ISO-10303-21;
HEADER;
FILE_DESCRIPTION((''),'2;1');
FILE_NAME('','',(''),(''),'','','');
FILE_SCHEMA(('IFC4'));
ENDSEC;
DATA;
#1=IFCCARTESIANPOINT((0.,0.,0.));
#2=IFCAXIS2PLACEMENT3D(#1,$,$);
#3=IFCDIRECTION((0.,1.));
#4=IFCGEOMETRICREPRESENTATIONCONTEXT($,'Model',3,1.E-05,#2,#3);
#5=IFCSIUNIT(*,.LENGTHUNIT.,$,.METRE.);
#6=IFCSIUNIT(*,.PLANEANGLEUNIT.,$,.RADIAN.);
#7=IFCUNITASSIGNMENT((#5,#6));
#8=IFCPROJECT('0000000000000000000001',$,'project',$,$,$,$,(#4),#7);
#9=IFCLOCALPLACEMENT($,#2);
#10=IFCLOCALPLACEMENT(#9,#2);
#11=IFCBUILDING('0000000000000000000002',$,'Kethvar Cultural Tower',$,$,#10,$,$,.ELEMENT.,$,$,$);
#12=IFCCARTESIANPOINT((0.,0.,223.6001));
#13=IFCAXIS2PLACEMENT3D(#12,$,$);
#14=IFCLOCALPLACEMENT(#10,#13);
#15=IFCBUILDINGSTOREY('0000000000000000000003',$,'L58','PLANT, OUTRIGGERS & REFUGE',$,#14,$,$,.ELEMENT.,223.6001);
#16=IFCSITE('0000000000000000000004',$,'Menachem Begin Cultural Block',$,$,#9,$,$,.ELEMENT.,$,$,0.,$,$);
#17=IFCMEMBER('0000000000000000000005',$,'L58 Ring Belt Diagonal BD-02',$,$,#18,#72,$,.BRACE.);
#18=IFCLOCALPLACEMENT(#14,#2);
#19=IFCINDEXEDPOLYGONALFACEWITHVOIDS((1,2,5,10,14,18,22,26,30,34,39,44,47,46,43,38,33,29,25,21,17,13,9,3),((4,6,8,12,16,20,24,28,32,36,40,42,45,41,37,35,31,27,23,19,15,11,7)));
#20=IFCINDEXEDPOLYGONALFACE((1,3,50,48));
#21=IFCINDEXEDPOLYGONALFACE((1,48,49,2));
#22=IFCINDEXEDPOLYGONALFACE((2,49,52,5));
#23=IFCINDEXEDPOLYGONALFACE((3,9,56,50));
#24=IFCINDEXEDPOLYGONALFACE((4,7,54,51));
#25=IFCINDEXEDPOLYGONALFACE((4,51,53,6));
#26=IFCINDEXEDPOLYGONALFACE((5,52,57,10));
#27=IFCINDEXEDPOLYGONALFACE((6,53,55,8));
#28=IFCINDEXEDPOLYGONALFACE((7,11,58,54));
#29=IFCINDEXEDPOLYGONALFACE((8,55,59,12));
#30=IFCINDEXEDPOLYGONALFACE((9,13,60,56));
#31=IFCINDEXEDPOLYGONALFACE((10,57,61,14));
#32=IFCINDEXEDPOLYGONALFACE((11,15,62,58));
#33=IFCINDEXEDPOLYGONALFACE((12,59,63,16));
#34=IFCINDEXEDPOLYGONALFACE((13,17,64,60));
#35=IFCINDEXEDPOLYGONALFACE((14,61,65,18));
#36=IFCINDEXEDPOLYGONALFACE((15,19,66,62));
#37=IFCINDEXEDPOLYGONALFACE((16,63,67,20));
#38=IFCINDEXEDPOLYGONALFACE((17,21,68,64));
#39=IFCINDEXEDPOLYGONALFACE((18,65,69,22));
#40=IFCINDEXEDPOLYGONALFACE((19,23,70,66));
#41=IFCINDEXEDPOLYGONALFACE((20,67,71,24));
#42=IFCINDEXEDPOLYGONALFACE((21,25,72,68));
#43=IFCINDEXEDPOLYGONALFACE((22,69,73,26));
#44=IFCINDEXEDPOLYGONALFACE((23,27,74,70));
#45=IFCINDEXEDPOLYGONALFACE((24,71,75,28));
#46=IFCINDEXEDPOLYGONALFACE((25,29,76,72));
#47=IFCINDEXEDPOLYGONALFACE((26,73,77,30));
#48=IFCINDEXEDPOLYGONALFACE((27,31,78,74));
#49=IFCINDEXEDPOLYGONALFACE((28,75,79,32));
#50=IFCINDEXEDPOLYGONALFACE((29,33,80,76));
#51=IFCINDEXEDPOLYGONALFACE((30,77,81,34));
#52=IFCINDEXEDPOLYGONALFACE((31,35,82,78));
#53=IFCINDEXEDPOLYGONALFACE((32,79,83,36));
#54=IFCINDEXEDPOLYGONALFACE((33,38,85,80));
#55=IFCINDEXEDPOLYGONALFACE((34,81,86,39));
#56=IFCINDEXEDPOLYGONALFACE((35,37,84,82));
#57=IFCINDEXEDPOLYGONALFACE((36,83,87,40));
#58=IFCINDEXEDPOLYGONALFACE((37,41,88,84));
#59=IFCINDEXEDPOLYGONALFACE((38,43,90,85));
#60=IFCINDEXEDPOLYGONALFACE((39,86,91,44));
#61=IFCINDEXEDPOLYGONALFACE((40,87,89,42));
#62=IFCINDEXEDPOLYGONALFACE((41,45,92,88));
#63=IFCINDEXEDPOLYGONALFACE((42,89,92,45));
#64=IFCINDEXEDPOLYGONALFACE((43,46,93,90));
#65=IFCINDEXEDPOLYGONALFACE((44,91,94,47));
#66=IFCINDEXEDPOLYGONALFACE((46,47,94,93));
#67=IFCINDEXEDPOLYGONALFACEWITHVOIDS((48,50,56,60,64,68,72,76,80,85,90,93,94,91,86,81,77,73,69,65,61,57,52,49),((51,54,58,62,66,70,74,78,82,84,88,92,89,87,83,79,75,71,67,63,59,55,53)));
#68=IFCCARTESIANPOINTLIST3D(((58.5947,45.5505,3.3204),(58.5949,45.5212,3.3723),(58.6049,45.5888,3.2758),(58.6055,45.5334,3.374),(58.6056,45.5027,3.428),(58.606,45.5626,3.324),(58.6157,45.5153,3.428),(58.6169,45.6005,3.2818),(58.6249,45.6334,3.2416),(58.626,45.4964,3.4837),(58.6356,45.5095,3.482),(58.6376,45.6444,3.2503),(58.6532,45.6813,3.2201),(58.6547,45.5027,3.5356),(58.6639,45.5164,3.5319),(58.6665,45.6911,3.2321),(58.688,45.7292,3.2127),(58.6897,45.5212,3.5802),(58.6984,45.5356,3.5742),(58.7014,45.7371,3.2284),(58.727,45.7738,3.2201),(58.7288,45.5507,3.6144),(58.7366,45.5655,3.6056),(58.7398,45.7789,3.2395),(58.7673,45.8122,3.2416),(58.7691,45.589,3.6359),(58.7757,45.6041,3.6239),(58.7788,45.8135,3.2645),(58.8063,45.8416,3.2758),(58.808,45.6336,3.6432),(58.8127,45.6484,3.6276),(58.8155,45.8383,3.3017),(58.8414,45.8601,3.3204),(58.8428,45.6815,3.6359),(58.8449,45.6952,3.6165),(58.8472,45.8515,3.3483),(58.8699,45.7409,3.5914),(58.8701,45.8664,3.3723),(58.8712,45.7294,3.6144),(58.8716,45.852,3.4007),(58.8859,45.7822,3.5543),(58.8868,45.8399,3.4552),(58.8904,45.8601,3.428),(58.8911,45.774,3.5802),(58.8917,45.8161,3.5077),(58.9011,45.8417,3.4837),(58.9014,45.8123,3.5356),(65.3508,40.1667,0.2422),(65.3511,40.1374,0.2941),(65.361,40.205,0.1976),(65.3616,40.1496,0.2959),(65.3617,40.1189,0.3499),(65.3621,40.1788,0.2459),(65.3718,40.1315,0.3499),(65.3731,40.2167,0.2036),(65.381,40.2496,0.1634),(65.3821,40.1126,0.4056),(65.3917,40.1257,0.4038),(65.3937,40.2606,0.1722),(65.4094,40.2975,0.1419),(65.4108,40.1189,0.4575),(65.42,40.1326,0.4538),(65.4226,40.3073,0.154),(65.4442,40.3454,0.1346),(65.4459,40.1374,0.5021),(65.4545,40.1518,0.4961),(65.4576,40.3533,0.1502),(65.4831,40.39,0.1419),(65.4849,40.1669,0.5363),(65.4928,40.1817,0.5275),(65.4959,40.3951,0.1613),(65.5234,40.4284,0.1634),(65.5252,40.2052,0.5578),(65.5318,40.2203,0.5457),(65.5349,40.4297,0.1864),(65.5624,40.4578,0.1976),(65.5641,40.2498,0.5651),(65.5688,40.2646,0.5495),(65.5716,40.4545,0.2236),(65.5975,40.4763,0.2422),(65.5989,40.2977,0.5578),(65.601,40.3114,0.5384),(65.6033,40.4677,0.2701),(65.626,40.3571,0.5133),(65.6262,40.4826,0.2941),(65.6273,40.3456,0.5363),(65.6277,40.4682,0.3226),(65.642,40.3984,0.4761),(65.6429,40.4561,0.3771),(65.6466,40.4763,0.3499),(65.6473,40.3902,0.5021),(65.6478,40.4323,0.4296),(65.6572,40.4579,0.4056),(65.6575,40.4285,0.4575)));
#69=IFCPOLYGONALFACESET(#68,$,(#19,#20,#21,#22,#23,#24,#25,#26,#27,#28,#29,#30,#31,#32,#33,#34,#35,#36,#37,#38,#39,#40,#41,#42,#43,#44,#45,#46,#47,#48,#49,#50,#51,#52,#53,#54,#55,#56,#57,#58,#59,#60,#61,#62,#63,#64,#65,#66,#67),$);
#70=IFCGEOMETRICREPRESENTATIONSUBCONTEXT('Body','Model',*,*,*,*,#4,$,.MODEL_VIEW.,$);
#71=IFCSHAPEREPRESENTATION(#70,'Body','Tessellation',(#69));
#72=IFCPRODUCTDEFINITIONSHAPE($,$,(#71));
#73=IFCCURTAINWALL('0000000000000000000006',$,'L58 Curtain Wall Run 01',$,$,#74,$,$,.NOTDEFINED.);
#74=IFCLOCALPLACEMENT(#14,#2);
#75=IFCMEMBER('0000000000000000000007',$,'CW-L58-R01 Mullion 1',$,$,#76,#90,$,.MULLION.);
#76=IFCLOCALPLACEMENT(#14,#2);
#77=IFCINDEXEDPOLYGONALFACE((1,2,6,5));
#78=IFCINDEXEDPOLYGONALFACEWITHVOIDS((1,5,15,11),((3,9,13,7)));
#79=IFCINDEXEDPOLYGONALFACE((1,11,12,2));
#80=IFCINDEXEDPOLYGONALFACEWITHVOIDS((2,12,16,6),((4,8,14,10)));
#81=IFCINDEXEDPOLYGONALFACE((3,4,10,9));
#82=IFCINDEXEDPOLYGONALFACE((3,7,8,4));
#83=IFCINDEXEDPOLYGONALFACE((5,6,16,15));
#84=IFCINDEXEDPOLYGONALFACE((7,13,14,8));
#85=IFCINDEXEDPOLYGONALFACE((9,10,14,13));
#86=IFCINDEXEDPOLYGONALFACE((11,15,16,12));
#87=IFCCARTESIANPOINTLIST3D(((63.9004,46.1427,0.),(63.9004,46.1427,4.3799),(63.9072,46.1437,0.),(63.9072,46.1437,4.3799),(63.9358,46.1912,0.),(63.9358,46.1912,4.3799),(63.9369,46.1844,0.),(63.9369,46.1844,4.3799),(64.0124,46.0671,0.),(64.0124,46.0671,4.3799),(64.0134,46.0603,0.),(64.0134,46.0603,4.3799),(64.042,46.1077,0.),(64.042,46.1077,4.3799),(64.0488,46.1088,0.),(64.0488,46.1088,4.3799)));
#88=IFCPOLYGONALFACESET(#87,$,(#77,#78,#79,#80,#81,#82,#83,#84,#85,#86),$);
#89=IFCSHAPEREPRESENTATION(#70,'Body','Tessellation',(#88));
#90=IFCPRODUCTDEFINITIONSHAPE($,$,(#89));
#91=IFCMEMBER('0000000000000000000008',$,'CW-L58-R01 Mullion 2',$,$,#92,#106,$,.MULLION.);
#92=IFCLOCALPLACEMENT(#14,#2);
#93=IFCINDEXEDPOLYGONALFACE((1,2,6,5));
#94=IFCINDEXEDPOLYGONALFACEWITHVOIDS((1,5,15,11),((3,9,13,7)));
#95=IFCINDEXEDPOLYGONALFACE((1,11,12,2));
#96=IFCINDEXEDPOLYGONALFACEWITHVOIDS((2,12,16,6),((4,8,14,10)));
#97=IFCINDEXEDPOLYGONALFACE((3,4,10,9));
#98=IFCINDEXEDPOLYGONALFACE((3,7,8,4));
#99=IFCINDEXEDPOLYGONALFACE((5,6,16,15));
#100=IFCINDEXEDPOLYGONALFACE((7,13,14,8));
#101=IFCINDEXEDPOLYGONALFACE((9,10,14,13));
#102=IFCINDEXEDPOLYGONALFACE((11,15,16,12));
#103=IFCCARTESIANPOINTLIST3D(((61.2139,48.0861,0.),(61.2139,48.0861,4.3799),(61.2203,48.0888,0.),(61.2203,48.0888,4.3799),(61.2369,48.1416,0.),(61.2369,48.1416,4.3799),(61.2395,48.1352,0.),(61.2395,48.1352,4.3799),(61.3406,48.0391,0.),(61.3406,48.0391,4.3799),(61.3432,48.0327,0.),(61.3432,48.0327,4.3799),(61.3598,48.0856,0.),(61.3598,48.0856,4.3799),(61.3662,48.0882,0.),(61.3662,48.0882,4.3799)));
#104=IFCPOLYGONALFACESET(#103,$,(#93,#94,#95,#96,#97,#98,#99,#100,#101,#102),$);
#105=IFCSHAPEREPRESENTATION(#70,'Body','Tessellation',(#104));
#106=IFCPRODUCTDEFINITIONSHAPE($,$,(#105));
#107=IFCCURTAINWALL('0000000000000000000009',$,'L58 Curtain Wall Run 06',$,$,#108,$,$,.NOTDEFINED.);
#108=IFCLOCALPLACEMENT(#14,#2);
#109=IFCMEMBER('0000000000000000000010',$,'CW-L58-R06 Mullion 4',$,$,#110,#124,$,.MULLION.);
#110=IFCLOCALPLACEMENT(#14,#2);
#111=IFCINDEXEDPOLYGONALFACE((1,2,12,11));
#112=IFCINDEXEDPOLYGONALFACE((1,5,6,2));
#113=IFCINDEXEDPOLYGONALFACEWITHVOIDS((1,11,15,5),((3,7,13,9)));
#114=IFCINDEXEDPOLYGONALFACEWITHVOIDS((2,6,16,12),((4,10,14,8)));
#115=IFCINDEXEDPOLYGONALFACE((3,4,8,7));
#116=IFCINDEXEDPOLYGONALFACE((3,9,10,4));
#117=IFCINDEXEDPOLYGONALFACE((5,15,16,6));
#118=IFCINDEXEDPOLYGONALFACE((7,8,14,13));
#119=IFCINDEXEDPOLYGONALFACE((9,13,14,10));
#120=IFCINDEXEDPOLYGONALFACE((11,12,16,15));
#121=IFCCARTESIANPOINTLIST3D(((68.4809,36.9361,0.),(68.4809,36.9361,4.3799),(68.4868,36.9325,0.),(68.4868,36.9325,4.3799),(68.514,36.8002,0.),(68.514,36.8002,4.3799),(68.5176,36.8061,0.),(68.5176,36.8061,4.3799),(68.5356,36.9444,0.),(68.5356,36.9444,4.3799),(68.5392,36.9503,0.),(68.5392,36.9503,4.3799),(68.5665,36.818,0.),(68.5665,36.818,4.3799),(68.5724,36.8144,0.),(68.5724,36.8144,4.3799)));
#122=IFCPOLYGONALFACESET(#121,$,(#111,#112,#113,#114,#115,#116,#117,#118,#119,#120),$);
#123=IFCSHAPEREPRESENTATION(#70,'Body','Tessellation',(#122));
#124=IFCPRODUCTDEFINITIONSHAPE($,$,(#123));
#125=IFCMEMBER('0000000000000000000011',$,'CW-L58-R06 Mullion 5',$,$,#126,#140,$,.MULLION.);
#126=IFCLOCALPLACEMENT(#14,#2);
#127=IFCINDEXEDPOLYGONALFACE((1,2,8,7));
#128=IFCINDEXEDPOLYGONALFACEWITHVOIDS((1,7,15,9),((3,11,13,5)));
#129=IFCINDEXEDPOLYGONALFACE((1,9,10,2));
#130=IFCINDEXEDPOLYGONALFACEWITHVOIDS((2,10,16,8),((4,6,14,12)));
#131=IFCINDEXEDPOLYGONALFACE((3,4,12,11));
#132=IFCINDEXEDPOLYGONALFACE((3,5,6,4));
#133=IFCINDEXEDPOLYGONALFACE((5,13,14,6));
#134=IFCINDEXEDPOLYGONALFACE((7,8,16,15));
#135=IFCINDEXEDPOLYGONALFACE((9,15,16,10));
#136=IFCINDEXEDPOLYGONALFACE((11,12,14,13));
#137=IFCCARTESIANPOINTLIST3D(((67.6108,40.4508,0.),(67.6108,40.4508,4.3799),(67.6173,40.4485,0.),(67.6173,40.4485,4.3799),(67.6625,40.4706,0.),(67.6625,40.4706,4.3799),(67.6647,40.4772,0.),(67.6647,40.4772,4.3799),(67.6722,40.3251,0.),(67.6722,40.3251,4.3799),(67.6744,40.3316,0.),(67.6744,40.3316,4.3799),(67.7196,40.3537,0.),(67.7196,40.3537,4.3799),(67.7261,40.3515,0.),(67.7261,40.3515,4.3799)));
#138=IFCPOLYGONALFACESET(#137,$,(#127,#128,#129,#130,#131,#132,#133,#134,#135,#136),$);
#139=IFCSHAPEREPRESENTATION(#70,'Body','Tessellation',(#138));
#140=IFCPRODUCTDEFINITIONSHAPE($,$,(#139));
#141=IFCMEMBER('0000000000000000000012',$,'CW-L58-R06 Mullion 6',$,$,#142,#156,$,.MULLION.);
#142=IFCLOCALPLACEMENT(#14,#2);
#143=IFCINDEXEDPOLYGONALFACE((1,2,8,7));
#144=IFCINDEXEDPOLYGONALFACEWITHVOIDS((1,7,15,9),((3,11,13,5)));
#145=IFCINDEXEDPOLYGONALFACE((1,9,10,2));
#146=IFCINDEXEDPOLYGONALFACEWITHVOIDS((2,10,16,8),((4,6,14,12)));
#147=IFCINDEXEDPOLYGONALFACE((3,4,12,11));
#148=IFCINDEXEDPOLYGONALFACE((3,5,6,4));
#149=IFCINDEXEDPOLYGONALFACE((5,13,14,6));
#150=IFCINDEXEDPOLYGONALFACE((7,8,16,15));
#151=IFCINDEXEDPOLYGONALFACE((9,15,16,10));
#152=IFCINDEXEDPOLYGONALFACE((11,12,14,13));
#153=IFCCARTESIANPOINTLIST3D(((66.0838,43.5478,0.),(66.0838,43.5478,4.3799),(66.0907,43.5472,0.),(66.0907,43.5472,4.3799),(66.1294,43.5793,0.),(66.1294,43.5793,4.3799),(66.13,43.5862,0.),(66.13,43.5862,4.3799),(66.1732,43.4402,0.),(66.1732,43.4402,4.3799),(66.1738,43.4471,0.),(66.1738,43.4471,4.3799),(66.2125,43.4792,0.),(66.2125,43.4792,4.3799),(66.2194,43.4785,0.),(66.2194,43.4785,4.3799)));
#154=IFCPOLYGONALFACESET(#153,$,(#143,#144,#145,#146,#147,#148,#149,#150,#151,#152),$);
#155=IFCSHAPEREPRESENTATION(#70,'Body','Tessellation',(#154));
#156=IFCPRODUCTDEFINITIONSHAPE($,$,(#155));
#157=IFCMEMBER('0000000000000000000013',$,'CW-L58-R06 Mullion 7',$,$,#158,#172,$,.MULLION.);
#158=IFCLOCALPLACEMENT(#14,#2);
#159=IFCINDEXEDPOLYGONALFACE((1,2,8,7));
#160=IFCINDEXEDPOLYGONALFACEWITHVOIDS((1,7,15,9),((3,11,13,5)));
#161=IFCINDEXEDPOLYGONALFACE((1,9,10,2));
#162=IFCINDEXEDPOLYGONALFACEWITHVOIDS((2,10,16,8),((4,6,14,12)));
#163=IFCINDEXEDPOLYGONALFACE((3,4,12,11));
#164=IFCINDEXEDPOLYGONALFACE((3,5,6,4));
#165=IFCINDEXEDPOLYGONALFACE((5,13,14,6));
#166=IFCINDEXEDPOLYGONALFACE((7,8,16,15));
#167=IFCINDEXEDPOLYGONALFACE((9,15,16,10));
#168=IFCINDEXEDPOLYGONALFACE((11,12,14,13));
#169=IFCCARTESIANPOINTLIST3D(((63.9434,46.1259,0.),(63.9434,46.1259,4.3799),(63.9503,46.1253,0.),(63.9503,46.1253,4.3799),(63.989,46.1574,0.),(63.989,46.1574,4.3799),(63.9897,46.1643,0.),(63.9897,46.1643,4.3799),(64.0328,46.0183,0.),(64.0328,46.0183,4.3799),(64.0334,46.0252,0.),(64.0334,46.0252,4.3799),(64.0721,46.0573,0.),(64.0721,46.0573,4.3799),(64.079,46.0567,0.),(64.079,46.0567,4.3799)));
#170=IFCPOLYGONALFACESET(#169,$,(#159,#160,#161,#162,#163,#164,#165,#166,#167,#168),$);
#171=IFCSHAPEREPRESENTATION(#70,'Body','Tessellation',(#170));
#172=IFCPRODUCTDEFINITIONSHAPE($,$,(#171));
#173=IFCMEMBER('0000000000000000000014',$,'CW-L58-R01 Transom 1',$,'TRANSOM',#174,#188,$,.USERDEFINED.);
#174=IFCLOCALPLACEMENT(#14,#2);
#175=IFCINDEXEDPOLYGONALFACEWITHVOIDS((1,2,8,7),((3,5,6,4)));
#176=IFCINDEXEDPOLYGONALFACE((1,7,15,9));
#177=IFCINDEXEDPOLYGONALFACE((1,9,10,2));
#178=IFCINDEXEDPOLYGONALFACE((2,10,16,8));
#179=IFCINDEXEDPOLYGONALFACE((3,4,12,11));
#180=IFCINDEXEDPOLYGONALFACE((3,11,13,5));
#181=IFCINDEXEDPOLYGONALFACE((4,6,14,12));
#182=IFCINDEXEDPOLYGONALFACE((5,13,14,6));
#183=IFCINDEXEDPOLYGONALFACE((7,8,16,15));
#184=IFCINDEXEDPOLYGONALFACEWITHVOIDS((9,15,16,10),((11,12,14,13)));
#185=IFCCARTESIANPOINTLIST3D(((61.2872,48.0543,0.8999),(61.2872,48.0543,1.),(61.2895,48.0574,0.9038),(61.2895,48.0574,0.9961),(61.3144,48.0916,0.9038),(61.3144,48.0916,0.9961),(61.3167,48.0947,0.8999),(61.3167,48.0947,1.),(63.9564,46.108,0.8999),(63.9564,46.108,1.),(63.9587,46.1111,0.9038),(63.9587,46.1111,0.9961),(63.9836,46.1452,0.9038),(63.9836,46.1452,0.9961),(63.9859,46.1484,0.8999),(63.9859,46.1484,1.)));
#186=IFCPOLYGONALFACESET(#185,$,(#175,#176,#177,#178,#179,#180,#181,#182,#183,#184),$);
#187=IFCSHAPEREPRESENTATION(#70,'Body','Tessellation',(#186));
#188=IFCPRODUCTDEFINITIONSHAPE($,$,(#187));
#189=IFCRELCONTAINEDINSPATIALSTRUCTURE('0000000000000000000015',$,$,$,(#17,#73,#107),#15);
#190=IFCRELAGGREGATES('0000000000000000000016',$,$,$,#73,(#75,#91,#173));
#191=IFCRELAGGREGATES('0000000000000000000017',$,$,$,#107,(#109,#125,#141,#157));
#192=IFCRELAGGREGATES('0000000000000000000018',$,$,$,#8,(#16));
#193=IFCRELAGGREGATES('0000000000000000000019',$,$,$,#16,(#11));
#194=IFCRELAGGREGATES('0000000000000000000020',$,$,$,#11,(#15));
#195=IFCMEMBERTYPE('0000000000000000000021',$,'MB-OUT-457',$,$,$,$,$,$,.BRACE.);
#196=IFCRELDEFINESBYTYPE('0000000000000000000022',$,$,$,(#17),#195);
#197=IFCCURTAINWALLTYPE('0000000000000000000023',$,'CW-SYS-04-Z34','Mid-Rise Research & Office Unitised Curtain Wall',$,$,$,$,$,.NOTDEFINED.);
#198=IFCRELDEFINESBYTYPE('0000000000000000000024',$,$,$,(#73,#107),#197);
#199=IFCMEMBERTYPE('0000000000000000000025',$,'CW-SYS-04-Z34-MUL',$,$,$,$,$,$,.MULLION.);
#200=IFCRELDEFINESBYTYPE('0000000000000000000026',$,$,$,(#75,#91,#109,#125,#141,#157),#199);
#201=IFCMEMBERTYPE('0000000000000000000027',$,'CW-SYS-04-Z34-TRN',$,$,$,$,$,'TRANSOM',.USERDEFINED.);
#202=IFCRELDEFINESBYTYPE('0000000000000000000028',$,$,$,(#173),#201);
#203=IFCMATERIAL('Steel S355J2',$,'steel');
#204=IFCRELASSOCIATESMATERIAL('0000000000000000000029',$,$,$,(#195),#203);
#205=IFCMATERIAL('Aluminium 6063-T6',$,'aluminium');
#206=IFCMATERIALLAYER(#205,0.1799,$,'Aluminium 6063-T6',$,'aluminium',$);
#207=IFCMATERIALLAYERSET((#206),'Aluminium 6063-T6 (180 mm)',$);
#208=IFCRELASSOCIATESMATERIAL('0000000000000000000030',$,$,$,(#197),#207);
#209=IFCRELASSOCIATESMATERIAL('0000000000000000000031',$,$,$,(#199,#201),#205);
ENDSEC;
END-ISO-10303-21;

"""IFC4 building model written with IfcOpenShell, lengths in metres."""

from ifc_helpers import new_model, si_unit, direction, frame, origin, origin_2d, place, context, subcontext, project, spatial, hollow_rectangle, hollow_circle, extrude, source, transform, mapped, material, layer, layer_set, material_profile, profile_set, type_object, element, aggregate, save


model = new_model("IFC4")

# Units and contexts
model_context = context("Model", 3, precision=1e-05, world=origin(), true_north=direction((0.0, 1.0)))
body_context = subcontext(model_context, "Body", "Model", "MODEL_VIEW")
ifc_project = project(units=[si_unit("LENGTHUNIT", "METRE"), si_unit("PLANEANGLEUNIT", "RADIAN")], contexts=[model_context])

# Site, building, storey
site_placement = place(None, origin())
site = spatial("IfcSite", under=ifc_project, at=site_placement, Name="Menachem Begin Cultural Block", CompositionType="ELEMENT", RefElevation=0.0)
building_placement = place(site_placement, origin())
building = spatial("IfcBuilding", under=site, at=building_placement, Name="Kethvar Cultural Tower", CompositionType="ELEMENT")
storey_placement = place(building_placement, frame((0.0, 0.0, 223.6001)))
storey = spatial("IfcBuildingStorey", under=building, at=storey_placement, Name="L58", Description="PLANT, OUTRIGGERS & REFUGE", CompositionType="ELEMENT", Elevation=223.6001)

# Member
ifc_material_1 = material(Name="Steel S355J2", Category="steel")
ifc_material_profile_1 = material_profile(ifc_material_1, hollow_circle(Radius=0.2285, WallThickness=0.0161, at=origin_2d()), Name="Steel S355J2 — CHS457x16")
ifc_profile_set_1 = profile_set([ifc_material_profile_1], Name="Steel S355J2 — CHS457x16")
member_type_1 = type_object("IfcMemberType", Name="MB-OUT-457", PredefinedType="BRACE", material=ifc_profile_set_1)
shared_shape_1 = source(origin(), body_context, "Body", "SweptSolid", [
    extrude(hollow_circle(Radius=0.2285, WallThickness=0.0161, at=origin_2d()), origin(), (0.0, 0.0, 1.0), 9.1709),
])
member_1_placement = place(storey_placement, frame((65.5042, 40.2976, 0.3499), z_axis=(-0.736691, 0.587053, 0.335641), x_axis=(-0.623205, -0.782058, 0.0)))
element("IfcMember", 1, at=member_1_placement, inside=storey, type_object=member_type_1, Name="L58 Ring Belt Diagonal BD-02", PredefinedType="BRACE", context=body_context, shape_type="MappedRepresentation", body=[
    mapped(shared_shape_1, transform((0.0, 0.0, 0.0), scale=1.0)),
])

# Curtain walls, members
ifc_material_2 = material(Name="Aluminium 6063-T6", Category="aluminium")
ifc_layer_1 = layer(ifc_material_2, 0.1799, Name="Aluminium 6063-T6", Category="aluminium")
ifc_layer_set_1 = layer_set([ifc_layer_1], Name="Aluminium 6063-T6 (180 mm)")
curtain_wall_type = type_object("IfcCurtainWallType", Name="CW-SYS-04-Z34", Description="Mid-Rise Research & Office Unitised Curtain Wall", PredefinedType="NOTDEFINED", material=ifc_layer_set_1)
curtain_wall_1_placement = place(storey_placement, origin())
curtain_wall_1 = element("IfcCurtainWall", 2, at=curtain_wall_1_placement, inside=storey, type_object=curtain_wall_type, Name="L58 Curtain Wall Run 01", PredefinedType="NOTDEFINED")
ifc_material_profile_2 = material_profile(ifc_material_2, hollow_rectangle(XDim=0.0601, YDim=0.1399, WallThickness=0.0049, at=origin_2d()), Name="Aluminium 6063-T6 — RHS140x60x5")
ifc_profile_set_2 = profile_set([ifc_material_profile_2], Name="Aluminium 6063-T6 — RHS140x60x5")
member_type_2 = type_object("IfcMemberType", Name="CW-SYS-04-Z34-MUL", PredefinedType="MULLION", material=ifc_profile_set_2)
shared_shape_2 = source(origin(), body_context, "Body", "SweptSolid", [
    extrude(hollow_rectangle(XDim=0.0601, YDim=0.1399, WallThickness=0.0049, at=origin_2d()), origin(), (0.0, 0.0, 1.0), 4.3799),
])
member_2_placement = place(storey_placement, frame((63.9746, 46.1257, 0.0), z_axis=(0.0, 0.0, 1.0), x_axis=(-0.589182, -0.808, 0.0)))
member_2 = element("IfcMember", 3, at=member_2_placement, type_object=member_type_2, Name="CW-L58-R01 Mullion 1", PredefinedType="MULLION", context=body_context, shape_type="MappedRepresentation", body=[
    mapped(shared_shape_2, transform((0.0, 0.0, 0.0), scale=1.0)),
])
member_3_placement = place(storey_placement, frame((61.29, 48.0872, 0.0), z_axis=(0.0, 0.0, 1.0), x_axis=(-0.3817, -0.924286, 0.0)))
member_3 = element("IfcMember", 4, at=member_3_placement, type_object=member_type_2, Name="CW-L58-R01 Mullion 2", PredefinedType="MULLION", context=body_context, shape_type="MappedRepresentation", body=[
    mapped(shared_shape_2, transform((0.0, 0.0, 0.0), scale=1.0)),
])
curtain_wall_2_placement = place(storey_placement, origin())
curtain_wall_2 = element("IfcCurtainWall", 5, at=curtain_wall_2_placement, inside=storey, type_object=curtain_wall_type, Name="L58 Curtain Wall Run 06", PredefinedType="NOTDEFINED")
member_4_placement = place(storey_placement, frame((68.5266, 36.8752, 0.0), z_axis=(0.0, 0.0, 1.0), x_axis=(-0.971475, -0.237143, 0.0)))
member_4 = element("IfcMember", 6, at=member_4_placement, type_object=member_type_2, Name="CW-L58-R06 Mullion 4", PredefinedType="MULLION", context=body_context, shape_type="MappedRepresentation", body=[
    mapped(shared_shape_2, transform((0.0, 0.0, 0.0), scale=1.0)),
])
member_5_placement = place(storey_placement, frame((67.6685, 40.4011, 0.0), z_axis=(0.0, 0.0, 1.0), x_axis=(-0.898495, -0.438983, 0.0)))
member_5 = element("IfcMember", 7, at=member_5_placement, type_object=member_type_2, Name="CW-L58-R06 Mullion 5", PredefinedType="MULLION", context=body_context, shape_type="MappedRepresentation", body=[
    mapped(shared_shape_2, transform((0.0, 0.0, 0.0), scale=1.0)),
])
member_6_placement = place(storey_placement, frame((66.1516, 43.5132, 0.0), z_axis=(0.0, 0.0, 1.0), x_axis=(-0.769411, -0.638754, 0.0)))
member_6 = element("IfcMember", 8, at=member_6_placement, type_object=member_type_2, Name="CW-L58-R06 Mullion 6", PredefinedType="MULLION", context=body_context, shape_type="MappedRepresentation", body=[
    mapped(shared_shape_2, transform((0.0, 0.0, 0.0), scale=1.0)),
])
member_7_placement = place(storey_placement, frame((64.0112, 46.0913, 0.0), z_axis=(0.0, 0.0, 1.0), x_axis=(-0.769411, -0.638754, 0.0)))
member_7 = element("IfcMember", 9, at=member_7_placement, type_object=member_type_2, Name="CW-L58-R06 Mullion 7", PredefinedType="MULLION", context=body_context, shape_type="MappedRepresentation", body=[
    mapped(shared_shape_2, transform((0.0, 0.0, 0.0), scale=1.0)),
])

# Member
ifc_material_profile_3 = material_profile(ifc_material_2, hollow_rectangle(XDim=0.05, YDim=0.1001, WallThickness=0.0039, at=origin_2d()), Name="Aluminium 6063-T6 — RHS100x50x4")
ifc_profile_set_3 = profile_set([ifc_material_profile_3], Name="Aluminium 6063-T6 — RHS100x50x4")
member_type_3 = type_object("IfcMemberType", Name="CW-SYS-04-Z34-TRN", ElementType="TRANSOM", PredefinedType="USERDEFINED", material=ifc_profile_set_3)
shared_shape_3 = source(origin(), body_context, "Body", "SweptSolid", [
    extrude(hollow_rectangle(XDim=0.05, YDim=0.1001, WallThickness=0.0039, at=origin_2d()), origin(), (0.0, 0.0, 1.0), 3.3035),
])
member_8_placement = place(storey_placement, frame((63.9712, 46.1282, 0.95), z_axis=(-0.808007, 0.589173, 0.0), x_axis=(-0.589173, -0.808007, 0.0)))
member_8 = element("IfcMember", 10, at=member_8_placement, type_object=member_type_3, Name="CW-L58-R01 Transom 1", ObjectType="TRANSOM", PredefinedType="USERDEFINED", context=body_context, shape_type="MappedRepresentation", body=[
    mapped(shared_shape_3, transform((0.0, 0.0, 0.0), scale=1.0)),
])

aggregate(curtain_wall_1, [member_2, member_3, member_8])
aggregate(curtain_wall_2, [member_4, member_5, member_6, member_7])

save(model, "model.ifc")
